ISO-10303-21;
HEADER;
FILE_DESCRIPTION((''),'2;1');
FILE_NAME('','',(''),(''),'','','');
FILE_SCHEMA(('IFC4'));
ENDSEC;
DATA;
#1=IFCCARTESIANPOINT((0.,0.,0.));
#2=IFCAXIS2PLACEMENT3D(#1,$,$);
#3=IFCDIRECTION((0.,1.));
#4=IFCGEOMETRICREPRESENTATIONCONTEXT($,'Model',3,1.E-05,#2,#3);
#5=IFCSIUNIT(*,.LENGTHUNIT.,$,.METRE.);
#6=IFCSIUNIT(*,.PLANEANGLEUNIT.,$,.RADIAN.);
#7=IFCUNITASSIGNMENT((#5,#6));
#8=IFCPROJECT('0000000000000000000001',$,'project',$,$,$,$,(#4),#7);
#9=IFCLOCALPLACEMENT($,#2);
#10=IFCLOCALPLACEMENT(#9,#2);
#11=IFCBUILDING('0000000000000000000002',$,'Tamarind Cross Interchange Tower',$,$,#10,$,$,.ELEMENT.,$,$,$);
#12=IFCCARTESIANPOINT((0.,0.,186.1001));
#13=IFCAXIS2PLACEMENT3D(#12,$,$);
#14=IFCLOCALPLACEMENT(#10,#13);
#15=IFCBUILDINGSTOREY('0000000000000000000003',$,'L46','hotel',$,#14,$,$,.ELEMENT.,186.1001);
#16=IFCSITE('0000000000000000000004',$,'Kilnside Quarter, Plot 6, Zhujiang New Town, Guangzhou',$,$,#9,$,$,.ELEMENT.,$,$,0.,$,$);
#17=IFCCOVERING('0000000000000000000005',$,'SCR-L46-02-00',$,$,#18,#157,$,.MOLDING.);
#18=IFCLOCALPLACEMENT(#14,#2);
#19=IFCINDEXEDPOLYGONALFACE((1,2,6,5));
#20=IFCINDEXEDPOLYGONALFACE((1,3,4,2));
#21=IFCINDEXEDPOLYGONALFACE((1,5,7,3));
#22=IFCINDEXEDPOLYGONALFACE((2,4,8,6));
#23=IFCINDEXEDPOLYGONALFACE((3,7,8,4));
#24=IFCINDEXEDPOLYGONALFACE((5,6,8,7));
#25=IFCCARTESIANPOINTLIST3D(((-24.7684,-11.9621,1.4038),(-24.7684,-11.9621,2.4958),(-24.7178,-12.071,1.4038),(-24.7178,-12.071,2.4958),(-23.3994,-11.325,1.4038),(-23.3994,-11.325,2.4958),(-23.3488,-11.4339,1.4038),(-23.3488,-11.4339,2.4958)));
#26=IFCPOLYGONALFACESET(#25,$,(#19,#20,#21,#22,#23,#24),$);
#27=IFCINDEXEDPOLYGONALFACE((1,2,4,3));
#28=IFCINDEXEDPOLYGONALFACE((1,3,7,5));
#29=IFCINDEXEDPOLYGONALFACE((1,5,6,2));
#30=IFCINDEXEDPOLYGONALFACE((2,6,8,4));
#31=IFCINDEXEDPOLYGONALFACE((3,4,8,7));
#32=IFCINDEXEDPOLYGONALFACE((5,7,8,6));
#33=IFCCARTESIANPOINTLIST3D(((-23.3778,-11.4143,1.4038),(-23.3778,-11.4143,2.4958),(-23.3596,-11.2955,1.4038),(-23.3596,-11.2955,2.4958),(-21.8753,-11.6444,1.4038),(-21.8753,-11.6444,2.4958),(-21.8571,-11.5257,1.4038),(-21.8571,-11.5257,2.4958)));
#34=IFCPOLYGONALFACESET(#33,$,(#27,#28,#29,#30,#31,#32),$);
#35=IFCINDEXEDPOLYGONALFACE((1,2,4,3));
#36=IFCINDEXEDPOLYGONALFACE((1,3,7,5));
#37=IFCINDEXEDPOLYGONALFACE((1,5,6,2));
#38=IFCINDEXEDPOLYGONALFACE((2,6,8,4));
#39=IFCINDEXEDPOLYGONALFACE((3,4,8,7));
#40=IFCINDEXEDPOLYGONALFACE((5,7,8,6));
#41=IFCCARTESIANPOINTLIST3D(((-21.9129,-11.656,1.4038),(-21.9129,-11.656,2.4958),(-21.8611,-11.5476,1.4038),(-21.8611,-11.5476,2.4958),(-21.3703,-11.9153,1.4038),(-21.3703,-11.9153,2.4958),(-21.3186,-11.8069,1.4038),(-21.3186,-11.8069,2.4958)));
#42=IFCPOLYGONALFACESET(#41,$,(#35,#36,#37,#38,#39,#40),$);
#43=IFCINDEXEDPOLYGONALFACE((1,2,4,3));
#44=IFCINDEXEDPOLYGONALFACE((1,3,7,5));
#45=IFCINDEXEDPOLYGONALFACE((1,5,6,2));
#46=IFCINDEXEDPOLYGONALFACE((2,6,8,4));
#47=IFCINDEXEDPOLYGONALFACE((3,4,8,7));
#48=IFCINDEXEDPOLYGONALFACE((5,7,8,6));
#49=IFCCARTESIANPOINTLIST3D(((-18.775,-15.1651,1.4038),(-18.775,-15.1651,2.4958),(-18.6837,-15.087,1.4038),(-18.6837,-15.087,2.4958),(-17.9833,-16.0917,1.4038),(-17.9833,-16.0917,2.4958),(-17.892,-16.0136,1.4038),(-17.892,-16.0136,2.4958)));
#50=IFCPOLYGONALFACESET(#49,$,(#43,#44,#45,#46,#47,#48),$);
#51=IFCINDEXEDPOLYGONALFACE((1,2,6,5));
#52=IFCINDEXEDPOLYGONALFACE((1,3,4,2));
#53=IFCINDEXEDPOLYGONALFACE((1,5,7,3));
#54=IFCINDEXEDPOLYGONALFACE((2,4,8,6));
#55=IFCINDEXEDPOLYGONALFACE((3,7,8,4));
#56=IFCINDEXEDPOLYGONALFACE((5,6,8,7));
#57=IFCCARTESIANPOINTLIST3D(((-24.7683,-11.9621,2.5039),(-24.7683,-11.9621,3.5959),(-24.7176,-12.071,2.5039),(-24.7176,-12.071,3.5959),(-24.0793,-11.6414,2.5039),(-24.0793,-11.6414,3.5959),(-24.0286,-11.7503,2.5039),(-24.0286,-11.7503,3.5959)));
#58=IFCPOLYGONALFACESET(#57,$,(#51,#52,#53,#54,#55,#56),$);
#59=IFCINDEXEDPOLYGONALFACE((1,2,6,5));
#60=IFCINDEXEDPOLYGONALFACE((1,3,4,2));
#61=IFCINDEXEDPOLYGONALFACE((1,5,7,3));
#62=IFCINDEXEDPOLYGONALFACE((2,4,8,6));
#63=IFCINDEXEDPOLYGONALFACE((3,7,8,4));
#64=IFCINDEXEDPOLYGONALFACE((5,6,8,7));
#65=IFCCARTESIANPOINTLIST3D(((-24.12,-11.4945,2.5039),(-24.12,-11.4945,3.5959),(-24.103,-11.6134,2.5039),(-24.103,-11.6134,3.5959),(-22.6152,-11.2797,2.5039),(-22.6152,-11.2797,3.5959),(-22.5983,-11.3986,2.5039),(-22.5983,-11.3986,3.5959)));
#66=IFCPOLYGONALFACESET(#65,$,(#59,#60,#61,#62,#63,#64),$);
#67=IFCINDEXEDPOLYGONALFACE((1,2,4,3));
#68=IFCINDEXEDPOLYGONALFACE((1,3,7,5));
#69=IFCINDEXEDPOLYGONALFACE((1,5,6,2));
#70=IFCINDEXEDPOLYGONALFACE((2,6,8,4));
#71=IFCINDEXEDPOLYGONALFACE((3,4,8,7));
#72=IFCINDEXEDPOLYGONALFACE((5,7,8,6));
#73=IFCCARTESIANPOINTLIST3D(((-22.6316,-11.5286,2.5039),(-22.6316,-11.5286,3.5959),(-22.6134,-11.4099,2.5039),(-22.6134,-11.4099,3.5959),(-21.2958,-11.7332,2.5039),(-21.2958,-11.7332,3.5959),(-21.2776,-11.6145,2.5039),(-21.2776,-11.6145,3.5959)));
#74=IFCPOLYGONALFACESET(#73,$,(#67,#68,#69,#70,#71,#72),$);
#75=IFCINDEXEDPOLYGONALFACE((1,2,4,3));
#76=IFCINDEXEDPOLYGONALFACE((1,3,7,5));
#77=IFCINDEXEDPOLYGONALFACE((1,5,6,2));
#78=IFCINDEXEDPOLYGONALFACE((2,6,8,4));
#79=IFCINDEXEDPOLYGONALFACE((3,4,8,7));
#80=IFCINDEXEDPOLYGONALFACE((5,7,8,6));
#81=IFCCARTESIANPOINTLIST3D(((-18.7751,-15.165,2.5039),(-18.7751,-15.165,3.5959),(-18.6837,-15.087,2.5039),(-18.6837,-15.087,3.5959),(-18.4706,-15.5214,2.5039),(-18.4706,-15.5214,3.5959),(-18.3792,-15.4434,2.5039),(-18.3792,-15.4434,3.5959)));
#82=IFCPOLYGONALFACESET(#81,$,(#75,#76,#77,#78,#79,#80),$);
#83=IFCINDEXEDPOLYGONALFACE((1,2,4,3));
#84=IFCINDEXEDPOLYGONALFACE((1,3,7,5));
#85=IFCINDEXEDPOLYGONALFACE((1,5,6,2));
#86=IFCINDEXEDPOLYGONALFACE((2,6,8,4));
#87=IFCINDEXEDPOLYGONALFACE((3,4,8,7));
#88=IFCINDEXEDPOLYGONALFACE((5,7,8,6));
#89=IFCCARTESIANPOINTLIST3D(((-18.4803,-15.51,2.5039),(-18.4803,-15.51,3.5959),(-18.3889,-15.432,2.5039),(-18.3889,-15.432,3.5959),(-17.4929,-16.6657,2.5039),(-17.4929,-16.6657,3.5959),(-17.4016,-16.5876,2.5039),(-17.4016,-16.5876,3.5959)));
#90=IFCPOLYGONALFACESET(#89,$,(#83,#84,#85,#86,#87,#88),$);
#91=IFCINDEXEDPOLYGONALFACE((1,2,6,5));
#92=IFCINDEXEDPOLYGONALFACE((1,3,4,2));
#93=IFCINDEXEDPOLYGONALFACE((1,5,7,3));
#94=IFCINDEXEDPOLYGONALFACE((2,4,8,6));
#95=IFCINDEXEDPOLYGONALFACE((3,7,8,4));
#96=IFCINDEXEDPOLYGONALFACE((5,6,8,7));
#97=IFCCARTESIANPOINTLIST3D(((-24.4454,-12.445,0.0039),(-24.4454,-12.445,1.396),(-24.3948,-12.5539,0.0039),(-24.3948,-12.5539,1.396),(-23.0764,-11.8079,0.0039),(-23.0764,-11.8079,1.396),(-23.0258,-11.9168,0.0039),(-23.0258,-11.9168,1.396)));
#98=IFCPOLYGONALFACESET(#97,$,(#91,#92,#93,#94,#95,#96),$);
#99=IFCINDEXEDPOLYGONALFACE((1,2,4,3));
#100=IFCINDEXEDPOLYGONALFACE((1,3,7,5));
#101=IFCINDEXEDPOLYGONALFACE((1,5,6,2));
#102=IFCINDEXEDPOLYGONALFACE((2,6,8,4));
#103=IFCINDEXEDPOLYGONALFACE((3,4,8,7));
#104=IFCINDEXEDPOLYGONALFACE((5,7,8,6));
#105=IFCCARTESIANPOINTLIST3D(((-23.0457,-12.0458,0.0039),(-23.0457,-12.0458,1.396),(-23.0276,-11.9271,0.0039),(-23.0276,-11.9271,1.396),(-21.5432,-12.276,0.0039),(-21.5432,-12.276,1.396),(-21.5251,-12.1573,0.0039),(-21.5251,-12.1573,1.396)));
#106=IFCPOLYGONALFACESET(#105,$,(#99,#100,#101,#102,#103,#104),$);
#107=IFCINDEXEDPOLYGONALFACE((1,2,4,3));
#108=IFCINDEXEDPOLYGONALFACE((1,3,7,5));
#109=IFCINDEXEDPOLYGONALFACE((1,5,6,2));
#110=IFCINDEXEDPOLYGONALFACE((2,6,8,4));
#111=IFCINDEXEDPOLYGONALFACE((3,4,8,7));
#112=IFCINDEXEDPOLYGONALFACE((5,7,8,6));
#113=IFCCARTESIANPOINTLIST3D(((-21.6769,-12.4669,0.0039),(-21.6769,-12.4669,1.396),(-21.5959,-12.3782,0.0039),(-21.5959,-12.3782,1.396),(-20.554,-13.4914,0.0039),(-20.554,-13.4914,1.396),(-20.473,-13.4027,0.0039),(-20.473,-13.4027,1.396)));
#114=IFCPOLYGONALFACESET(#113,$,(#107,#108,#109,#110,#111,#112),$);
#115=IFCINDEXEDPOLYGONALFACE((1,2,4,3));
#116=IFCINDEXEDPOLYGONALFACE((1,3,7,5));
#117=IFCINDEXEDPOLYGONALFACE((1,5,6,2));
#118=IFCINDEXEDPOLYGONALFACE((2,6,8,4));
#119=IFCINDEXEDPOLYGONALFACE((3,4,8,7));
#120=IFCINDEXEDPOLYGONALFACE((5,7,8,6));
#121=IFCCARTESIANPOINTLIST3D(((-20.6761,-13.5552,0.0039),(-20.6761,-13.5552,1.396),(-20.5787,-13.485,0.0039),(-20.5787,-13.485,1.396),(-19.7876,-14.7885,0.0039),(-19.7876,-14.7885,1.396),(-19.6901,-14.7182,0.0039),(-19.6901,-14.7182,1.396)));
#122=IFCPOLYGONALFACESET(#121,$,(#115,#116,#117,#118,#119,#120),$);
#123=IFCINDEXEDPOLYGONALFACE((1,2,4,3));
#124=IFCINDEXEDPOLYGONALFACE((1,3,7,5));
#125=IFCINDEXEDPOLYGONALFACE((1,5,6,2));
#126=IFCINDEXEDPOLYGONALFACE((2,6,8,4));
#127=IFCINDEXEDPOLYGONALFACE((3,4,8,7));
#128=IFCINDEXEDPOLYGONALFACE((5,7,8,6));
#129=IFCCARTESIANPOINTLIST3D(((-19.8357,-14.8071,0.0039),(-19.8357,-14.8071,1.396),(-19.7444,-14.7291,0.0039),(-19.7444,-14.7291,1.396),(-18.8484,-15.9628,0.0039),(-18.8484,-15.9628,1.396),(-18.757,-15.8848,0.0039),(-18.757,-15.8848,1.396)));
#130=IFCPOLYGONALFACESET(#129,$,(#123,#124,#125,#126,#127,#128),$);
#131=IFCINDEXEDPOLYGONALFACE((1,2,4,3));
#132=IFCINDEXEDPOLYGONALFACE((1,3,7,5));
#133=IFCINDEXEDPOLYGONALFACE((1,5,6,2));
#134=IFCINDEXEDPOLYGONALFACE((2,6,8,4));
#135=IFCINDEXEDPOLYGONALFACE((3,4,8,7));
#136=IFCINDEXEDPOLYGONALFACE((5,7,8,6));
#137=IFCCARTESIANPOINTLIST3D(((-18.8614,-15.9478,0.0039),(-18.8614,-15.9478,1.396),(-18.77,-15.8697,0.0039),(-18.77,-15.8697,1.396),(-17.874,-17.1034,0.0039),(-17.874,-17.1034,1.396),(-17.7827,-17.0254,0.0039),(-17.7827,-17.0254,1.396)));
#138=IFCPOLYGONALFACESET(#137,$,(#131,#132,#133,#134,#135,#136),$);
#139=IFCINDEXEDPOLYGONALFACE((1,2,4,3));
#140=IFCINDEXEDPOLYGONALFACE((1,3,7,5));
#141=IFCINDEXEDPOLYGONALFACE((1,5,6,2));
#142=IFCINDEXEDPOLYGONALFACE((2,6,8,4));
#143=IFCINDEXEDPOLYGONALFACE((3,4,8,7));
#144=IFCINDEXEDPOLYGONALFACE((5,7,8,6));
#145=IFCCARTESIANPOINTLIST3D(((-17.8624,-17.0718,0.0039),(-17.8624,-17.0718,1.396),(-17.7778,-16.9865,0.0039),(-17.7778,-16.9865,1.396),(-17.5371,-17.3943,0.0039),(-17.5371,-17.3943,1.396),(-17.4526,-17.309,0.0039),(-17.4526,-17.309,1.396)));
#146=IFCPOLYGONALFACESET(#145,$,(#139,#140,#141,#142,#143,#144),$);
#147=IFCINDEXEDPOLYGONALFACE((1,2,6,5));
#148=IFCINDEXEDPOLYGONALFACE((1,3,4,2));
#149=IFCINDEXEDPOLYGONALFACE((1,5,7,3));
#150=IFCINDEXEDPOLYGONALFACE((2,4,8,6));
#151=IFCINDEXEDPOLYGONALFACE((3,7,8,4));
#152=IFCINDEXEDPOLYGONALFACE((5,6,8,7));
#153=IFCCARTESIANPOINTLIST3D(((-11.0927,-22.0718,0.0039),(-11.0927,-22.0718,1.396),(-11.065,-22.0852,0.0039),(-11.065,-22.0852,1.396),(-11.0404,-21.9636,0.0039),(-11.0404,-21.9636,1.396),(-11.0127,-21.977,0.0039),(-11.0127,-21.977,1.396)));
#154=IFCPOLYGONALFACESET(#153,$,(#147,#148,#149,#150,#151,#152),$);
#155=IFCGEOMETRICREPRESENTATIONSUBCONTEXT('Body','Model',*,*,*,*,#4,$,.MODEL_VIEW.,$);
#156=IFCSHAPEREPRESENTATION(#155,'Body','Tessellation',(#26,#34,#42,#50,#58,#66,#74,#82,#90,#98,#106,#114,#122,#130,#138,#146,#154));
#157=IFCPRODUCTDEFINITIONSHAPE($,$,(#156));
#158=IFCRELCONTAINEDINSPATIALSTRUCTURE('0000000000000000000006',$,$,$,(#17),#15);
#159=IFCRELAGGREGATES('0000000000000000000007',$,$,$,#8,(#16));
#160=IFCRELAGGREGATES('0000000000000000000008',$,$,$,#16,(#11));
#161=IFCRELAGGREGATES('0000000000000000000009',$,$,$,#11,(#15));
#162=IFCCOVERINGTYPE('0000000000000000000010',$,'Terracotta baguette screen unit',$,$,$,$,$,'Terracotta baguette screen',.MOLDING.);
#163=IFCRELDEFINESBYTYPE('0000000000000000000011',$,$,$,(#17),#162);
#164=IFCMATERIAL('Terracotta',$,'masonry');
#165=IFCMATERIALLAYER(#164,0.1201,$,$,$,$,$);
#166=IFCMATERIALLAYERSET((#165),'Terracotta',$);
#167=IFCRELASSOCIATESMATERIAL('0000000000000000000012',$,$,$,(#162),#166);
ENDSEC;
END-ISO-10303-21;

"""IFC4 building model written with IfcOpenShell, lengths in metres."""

from ifc_helpers import new_model, si_unit, direction, frame, origin, origin_2d, place, context, subcontext, project, spatial, rectangle, extrude, material, layer, layer_set, type_object, element, save


model = new_model("IFC4")

# Units and contexts
model_context = context("Model", 3, precision=1e-05, world=origin(), true_north=direction((0.0, 1.0)))
body_context = subcontext(model_context, "Body", "Model", "MODEL_VIEW")
ifc_project = project(units=[si_unit("LENGTHUNIT", "METRE"), si_unit("PLANEANGLEUNIT", "RADIAN")], contexts=[model_context])

# Site, building, storey
site_placement = place(None, origin())
site = spatial("IfcSite", under=ifc_project, at=site_placement, Name="Kilnside Quarter, Plot 6, Zhujiang New Town, Guangzhou", CompositionType="ELEMENT", RefElevation=0.0)
building_placement = place(site_placement, origin())
building = spatial("IfcBuilding", under=site, at=building_placement, Name="Tamarind Cross Interchange Tower", CompositionType="ELEMENT")
storey_placement = place(building_placement, frame((0.0, 0.0, 186.1001)))
storey = spatial("IfcBuildingStorey", under=building, at=storey_placement, Name="L46", Description="hotel", CompositionType="ELEMENT", Elevation=186.1001)

# Covering
ifc_material_1 = material(Name="Terracotta", Category="masonry")
ifc_layer_1 = layer(ifc_material_1, 0.1201)
ifc_layer_set_1 = layer_set([ifc_layer_1], Name="Terracotta")
covering_type = type_object("IfcCoveringType", Name="Terracotta baguette screen unit", ElementType="Terracotta baguette screen", PredefinedType="MOLDING", material=ifc_layer_set_1)
covering_1_placement = place(storey_placement, origin())
element("IfcCovering", 1, at=covering_1_placement, inside=storey, type_object=covering_type, Name="SCR-L46-02-00", PredefinedType="MOLDING", context=body_context, shape_type="SweptSolid", body=[
    extrude(rectangle(XDim=1.51, YDim=0.1201, at=origin_2d()), frame((-24.0586, -11.698, 1.4038), z_axis=(0.0, 0.0, 1.0), x_axis=(0.906616, 0.421958, 0.0)), (0.0, 0.0, 1.0), 1.092),
    extrude(rectangle(XDim=1.52, YDim=0.1201, at=origin_2d()), frame((-22.6174, -11.47, 1.4038), z_axis=(0.0, 0.0, 1.0), x_axis=(0.988469, -0.151421, 0.0)), (0.0, 0.0, 1.0), 1.092),
    extrude(rectangle(XDim=0.6013, YDim=0.1201, at=origin_2d()), frame((-21.6157, -11.7314, 1.4038), z_axis=(0.0, 0.0, 1.0), x_axis=(0.902262, -0.431189, 0.0)), (0.0, 0.0, 1.0), 1.092),
    extrude(rectangle(XDim=1.2188, YDim=0.1201, at=origin_2d()), frame((-18.3335, -15.5894, 1.4038), z_axis=(0.0, 0.0, 1.0), x_axis=(0.649577, -0.760296, 0.0)), (0.0, 0.0, 1.0), 1.092),
    extrude(rectangle(XDim=0.76, YDim=0.1201, at=origin_2d()), frame((-24.3984, -11.8562, 2.5039), z_axis=(0.0, 0.0, 1.0), x_axis=(0.906616, 0.421958, 0.0)), (0.0, 0.0, 1.0), 1.092),
    extrude(rectangle(XDim=1.52, YDim=0.1201, at=origin_2d()), frame((-23.3591, -11.4465, 2.5039), z_axis=(0.0, 0.0, 1.0), x_axis=(0.989963, 0.141324, 0.0)), (0.0, 0.0, 1.0), 1.092),
    extrude(rectangle(XDim=1.3513, YDim=0.1201, at=origin_2d()), frame((-21.9546, -11.5715, 2.5039), z_axis=(0.0, 0.0, 1.0), x_axis=(0.988469, -0.151421, 0.0)), (0.0, 0.0, 1.0), 1.092),
    extrude(rectangle(XDim=0.4688, YDim=0.1201, at=origin_2d()), frame((-18.5771, -15.3042, 2.5039), z_axis=(0.0, 0.0, 1.0), x_axis=(0.649577, -0.760296, 0.0)), (0.0, 0.0, 1.0), 1.092),
    extrude(rectangle(XDim=1.52, YDim=0.1201, at=origin_2d()), frame((-17.9409, -16.0488, 2.5039), z_axis=(0.0, 0.0, 1.0), x_axis=(0.649577, -0.760296, 0.0)), (0.0, 0.0, 1.0), 1.092),
    extrude(rectangle(XDim=1.51, YDim=0.1201, at=origin_2d()), frame((-23.7356, -12.1809, 0.0039), z_axis=(0.0, 0.0, 1.0), x_axis=(0.906616, 0.421958, 0.0)), (0.0, 0.0, 1.0), 1.3921),
    extrude(rectangle(XDim=1.52, YDim=0.1201, at=origin_2d()), frame((-22.2854, -12.1016, 0.0039), z_axis=(0.0, 0.0, 1.0), x_axis=(0.988469, -0.151421, 0.0)), (0.0, 0.0, 1.0), 1.3921),
    extrude(rectangle(XDim=1.52, YDim=0.1201, at=origin_2d()), frame((-21.075, -12.9348, 0.0039), z_axis=(0.0, 0.0, 1.0), x_axis=(0.738729, -0.674003, 0.0)), (0.0, 0.0, 1.0), 1.3921),
    extrude(rectangle(XDim=1.52, YDim=0.1201, at=origin_2d()), frame((-20.1831, -14.1367, 0.0039), z_axis=(0.0, 0.0, 1.0), x_axis=(0.584574, -0.81134, 0.0)), (0.0, 0.0, 1.0), 1.3921),
    extrude(rectangle(XDim=1.52, YDim=0.1201, at=origin_2d()), frame((-19.2964, -15.3459, 0.0039), z_axis=(0.0, 0.0, 1.0), x_axis=(0.649577, -0.760296, 0.0)), (0.0, 0.0, 1.0), 1.3921),
    extrude(rectangle(XDim=1.52, YDim=0.1201, at=origin_2d()), frame((-18.322, -16.4866, 0.0039), z_axis=(0.0, 0.0, 1.0), x_axis=(0.649577, -0.760296, 0.0)), (0.0, 0.0, 1.0), 1.3921),
    extrude(rectangle(XDim=0.458, YDim=0.1201, at=origin_2d()), frame((-17.6575, -17.1904, 0.0039), z_axis=(0.0, 0.0, 1.0), x_axis=(0.710143, -0.704057, 0.0)), (0.0, 0.0, 1.0), 1.3921),
    extrude(rectangle(XDim=0.0308, YDim=0.1201, at=origin_2d()), frame((-11.0527, -22.0244, 0.0039), z_axis=(0.0, 0.0, 1.0), x_axis=(0.900273, -0.435326, 0.0)), (0.0, 0.0, 1.0), 1.3921),
])

save(model, "model.ifc")
